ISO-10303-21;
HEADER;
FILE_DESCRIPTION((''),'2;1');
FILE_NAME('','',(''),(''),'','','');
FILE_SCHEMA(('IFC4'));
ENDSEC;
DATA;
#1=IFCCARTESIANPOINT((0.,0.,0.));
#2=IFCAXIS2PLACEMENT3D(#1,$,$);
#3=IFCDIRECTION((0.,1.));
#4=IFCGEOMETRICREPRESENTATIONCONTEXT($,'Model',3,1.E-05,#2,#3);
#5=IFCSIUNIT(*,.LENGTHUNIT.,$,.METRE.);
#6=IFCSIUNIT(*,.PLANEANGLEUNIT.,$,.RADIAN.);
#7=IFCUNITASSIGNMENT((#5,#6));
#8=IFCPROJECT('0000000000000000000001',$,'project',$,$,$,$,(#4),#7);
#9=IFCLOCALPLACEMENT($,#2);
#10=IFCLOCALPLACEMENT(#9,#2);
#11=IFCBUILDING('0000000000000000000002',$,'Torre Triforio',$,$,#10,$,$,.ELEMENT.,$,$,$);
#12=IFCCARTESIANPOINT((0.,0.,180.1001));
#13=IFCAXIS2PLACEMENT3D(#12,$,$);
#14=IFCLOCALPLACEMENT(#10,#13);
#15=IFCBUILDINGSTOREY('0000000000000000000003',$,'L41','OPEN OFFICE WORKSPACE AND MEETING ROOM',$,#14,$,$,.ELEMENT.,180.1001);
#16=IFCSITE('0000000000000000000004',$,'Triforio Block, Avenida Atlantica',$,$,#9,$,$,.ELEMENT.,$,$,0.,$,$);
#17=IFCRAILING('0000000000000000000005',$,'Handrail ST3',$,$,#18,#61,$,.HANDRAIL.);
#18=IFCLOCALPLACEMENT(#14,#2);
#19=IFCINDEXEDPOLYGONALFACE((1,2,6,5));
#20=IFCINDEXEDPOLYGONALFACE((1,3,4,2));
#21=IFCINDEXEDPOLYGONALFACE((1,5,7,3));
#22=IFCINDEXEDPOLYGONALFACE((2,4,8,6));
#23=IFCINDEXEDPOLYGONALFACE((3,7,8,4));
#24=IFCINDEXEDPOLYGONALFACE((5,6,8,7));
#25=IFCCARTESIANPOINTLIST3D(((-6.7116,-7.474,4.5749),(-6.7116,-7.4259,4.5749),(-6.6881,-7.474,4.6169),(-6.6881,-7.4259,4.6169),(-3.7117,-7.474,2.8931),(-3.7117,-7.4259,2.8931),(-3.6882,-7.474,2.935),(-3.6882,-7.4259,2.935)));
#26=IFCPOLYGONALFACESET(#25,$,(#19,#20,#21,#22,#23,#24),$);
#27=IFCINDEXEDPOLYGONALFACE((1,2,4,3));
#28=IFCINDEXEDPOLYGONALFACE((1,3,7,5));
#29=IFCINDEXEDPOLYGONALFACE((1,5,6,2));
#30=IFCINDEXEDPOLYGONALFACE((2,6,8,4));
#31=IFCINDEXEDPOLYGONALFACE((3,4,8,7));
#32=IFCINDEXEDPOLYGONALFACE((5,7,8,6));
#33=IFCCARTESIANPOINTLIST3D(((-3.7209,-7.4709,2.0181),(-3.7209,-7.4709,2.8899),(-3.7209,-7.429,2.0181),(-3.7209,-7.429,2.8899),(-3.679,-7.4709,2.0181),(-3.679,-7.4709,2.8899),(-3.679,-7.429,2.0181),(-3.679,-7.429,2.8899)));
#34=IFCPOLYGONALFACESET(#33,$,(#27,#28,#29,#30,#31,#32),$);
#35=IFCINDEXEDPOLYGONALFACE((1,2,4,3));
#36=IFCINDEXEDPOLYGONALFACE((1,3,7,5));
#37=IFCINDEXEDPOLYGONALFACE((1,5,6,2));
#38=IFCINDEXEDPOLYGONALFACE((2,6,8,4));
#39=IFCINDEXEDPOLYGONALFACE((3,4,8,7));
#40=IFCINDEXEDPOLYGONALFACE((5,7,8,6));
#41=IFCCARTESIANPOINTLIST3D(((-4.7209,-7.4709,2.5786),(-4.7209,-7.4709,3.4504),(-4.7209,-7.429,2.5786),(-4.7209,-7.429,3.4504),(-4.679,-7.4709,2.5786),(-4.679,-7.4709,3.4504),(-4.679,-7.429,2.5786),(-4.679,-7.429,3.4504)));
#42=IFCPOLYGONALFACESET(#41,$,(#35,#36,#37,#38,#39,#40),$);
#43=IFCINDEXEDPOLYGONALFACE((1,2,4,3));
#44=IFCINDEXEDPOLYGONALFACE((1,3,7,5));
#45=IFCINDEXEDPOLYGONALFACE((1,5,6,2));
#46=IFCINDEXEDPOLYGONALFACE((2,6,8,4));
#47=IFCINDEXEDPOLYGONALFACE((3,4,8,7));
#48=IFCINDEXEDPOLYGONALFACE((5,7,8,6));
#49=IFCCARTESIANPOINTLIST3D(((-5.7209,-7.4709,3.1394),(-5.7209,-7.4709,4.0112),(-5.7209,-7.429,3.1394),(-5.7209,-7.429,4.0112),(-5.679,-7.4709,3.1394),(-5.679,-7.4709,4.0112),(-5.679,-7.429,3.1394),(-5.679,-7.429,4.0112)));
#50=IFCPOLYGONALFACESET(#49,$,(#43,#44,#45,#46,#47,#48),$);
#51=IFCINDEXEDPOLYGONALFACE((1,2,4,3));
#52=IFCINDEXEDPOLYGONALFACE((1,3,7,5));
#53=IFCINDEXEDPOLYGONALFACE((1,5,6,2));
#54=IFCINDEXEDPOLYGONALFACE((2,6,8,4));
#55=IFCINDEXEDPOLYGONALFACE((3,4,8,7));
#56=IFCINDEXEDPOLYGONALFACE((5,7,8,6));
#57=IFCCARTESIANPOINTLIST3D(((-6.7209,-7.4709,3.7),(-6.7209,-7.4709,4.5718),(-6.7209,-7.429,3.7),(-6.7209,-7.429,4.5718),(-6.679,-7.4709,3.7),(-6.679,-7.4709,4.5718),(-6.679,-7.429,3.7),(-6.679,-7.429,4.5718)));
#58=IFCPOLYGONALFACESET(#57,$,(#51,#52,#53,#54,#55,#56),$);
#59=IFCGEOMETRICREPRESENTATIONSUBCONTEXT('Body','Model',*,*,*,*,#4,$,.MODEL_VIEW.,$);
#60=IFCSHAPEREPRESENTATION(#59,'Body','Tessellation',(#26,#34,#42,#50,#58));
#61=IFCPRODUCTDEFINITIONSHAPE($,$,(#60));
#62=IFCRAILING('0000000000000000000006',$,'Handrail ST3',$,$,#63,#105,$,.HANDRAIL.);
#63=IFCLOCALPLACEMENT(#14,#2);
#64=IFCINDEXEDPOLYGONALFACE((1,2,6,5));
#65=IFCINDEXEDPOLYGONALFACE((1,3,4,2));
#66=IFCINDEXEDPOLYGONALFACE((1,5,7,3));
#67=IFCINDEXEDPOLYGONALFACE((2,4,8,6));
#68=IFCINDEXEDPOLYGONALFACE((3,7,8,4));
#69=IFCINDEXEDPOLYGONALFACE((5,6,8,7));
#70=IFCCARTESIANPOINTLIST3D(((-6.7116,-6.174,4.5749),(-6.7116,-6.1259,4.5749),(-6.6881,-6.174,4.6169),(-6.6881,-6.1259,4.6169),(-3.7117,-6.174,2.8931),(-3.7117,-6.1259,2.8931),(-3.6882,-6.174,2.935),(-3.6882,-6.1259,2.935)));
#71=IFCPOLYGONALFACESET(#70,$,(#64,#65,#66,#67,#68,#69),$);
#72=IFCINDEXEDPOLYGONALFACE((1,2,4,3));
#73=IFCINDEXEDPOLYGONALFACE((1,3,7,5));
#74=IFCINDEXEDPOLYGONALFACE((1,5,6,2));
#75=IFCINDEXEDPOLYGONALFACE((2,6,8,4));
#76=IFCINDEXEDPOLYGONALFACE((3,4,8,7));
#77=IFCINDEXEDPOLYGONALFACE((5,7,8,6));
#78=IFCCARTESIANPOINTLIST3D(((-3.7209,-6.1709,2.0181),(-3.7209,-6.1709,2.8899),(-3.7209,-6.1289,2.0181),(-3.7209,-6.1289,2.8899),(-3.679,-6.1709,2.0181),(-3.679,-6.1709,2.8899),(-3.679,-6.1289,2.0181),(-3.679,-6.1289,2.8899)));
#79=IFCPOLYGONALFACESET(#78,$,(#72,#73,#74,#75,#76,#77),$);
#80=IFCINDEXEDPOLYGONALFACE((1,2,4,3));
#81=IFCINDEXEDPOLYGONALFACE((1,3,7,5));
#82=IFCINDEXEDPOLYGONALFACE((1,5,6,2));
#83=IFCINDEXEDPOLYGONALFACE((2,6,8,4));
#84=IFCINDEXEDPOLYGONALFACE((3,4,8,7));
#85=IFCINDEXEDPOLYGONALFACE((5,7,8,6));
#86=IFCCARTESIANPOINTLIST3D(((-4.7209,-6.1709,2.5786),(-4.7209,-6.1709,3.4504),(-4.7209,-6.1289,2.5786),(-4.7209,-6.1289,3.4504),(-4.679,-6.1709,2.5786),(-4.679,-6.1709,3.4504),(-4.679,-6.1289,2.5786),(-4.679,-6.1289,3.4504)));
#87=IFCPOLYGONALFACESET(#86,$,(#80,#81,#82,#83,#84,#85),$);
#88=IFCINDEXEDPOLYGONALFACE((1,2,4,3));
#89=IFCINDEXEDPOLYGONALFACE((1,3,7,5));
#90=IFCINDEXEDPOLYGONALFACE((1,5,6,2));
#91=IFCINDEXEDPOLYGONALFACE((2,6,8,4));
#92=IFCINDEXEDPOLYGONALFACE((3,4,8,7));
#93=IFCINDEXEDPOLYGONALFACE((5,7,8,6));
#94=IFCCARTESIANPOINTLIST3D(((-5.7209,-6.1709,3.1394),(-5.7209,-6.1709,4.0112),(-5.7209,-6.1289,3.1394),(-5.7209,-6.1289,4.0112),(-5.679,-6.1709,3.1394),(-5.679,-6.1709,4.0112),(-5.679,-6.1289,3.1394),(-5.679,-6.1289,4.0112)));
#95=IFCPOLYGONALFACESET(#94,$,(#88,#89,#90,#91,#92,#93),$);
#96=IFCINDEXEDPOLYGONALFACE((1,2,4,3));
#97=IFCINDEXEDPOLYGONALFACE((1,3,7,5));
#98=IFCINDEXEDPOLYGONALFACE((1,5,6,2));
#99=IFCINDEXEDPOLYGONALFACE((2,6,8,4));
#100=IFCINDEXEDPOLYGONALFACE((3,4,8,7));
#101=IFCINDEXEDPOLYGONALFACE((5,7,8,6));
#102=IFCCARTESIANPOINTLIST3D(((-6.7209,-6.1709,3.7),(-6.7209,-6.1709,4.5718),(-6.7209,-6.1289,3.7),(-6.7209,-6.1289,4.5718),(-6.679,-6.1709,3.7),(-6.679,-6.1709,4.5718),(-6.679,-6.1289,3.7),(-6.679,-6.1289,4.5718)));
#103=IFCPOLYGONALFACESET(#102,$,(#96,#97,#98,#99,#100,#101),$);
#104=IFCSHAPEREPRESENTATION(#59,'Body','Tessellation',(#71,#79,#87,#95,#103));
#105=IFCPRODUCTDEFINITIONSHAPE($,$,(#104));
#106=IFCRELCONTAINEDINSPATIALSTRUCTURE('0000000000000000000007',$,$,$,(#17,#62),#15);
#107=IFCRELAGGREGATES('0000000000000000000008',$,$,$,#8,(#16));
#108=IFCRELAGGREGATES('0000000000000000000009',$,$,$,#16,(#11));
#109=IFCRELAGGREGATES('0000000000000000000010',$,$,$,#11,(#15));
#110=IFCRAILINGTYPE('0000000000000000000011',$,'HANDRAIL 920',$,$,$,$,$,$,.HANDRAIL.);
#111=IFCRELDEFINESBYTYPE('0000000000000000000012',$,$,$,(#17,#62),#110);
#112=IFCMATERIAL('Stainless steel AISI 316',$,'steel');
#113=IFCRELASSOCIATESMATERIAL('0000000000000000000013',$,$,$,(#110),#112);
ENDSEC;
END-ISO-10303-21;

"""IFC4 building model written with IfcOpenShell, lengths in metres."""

from ifc_helpers import new_model, si_unit, direction, frame, origin, origin_2d, place, context, subcontext, project, spatial, rectangle, extrude, material, type_object, element, save


model = new_model("IFC4")

# Units and contexts
model_context = context("Model", 3, precision=1e-05, world=origin(), true_north=direction((0.0, 1.0)))
body_context = subcontext(model_context, "Body", "Model", "MODEL_VIEW")
ifc_project = project(units=[si_unit("LENGTHUNIT", "METRE"), si_unit("PLANEANGLEUNIT", "RADIAN")], contexts=[model_context])

# Site, building, storey
site_placement = place(None, origin())
site = spatial("IfcSite", under=ifc_project, at=site_placement, Name="Triforio Block, Avenida Atlantica", CompositionType="ELEMENT", RefElevation=0.0)
building_placement = place(site_placement, origin())
building = spatial("IfcBuilding", under=site, at=building_placement, Name="Torre Triforio", CompositionType="ELEMENT")
storey_placement = place(building_placement, frame((0.0, 0.0, 180.1001)))
storey = spatial("IfcBuildingStorey", under=building, at=storey_placement, Name="L41", Description="OPEN OFFICE WORKSPACE AND MEETING ROOM", CompositionType="ELEMENT", Elevation=180.1001)

# Railings
ifc_material_1 = material(Name="Stainless steel AISI 316", Category="steel")
railing_type = type_object("IfcRailingType", Name="HANDRAIL 920", PredefinedType="HANDRAIL", material=ifc_material_1)
for number, where, name in (
    (1, (-3.7, -7.45, 2.0181), "Handrail ST3"),
    (2, (-3.7, -6.1499, 2.0181), "Handrail ST3"),
):
    element("IfcRailing", number, at=place(storey_placement, frame(where)), inside=storey, type_object=railing_type, Name=name, PredefinedType="HANDRAIL", context=body_context, shape_type="SweptSolid", body=[
        extrude(rectangle(XDim=0.0481, YDim=0.0481, at=origin_2d()), frame((0.0, 0.0, 0.896), z_axis=(-0.872272, 0.0, 0.48902), x_axis=(0.0, -1.0, 0.0)), (0.0, 0.0, 1.0), 3.4392),
        extrude(rectangle(XDim=0.042, YDim=0.042, at=origin_2d()), origin(), (0.0, 0.0, 1.0), 0.8718),
        extrude(rectangle(XDim=0.042, YDim=0.042, at=origin_2d()), frame((-1.0, 0.0, 0.5605)), (0.0, 0.0, 1.0), 0.8718),
        extrude(rectangle(XDim=0.042, YDim=0.042, at=origin_2d()), frame((-2.0, 0.0, 1.1213)), (0.0, 0.0, 1.0), 0.8718),
        extrude(rectangle(XDim=0.042, YDim=0.042, at=origin_2d()), frame((-3.0, 0.0, 1.6819)), (0.0, 0.0, 1.0), 0.8718),
    ])

save(model, "model.ifc")
